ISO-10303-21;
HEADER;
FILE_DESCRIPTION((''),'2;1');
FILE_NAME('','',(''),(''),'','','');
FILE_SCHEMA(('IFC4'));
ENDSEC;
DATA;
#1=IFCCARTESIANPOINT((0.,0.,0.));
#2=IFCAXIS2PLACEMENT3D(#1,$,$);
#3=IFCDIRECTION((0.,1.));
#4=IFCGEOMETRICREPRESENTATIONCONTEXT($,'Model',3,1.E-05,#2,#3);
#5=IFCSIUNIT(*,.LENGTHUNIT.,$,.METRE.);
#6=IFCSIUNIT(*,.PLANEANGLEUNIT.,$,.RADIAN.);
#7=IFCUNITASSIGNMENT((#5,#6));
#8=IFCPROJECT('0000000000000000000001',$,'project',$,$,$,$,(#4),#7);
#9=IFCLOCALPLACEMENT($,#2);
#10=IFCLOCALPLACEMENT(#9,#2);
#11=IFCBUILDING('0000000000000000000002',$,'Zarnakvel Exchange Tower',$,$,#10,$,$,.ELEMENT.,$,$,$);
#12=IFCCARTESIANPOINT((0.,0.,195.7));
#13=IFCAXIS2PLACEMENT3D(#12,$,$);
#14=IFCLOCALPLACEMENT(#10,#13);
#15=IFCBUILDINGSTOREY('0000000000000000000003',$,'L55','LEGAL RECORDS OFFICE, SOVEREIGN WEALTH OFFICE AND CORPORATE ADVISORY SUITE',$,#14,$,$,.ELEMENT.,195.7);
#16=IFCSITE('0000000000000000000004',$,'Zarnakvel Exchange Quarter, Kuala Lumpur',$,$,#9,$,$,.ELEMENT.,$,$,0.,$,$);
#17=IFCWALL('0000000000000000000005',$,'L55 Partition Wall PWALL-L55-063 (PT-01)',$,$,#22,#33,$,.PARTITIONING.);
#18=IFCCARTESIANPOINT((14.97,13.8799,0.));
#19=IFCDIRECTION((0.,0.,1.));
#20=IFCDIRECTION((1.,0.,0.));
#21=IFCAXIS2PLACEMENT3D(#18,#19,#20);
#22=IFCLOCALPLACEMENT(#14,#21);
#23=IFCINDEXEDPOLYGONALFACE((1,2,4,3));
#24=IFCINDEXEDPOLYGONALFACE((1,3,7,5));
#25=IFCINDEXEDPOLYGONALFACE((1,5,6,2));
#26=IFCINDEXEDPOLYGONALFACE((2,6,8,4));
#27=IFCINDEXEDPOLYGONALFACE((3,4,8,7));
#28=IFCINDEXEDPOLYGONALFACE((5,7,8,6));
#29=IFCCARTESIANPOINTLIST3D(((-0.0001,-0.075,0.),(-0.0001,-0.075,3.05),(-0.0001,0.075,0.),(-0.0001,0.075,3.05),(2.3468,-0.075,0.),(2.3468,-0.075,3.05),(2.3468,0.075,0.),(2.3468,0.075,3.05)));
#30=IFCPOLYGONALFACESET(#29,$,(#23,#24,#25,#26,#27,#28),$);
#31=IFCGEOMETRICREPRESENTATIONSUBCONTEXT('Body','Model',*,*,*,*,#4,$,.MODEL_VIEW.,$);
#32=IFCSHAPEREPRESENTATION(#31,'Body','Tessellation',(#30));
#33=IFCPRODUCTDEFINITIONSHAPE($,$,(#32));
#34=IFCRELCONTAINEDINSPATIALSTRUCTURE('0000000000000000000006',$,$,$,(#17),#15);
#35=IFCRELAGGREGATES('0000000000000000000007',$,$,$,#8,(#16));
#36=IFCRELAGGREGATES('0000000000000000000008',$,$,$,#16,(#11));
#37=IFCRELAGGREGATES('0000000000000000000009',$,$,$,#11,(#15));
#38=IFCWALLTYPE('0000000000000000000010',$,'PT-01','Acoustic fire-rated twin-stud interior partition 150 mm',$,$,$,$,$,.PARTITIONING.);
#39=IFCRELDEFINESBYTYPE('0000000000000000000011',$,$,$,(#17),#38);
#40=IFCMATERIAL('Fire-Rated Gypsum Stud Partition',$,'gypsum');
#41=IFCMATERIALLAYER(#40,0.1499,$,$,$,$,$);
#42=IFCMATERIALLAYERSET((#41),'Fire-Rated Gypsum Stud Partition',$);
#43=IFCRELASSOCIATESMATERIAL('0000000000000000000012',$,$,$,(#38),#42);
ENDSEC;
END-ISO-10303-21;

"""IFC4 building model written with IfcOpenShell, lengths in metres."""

from ifc_helpers import new_model, si_unit, direction, frame, frame_2d, origin, place, context, subcontext, project, spatial, rectangle, extrude, material, layer, layer_set, type_object, element, save


model = new_model("IFC4")

# Units and contexts
model_context = context("Model", 3, precision=1e-05, world=origin(), true_north=direction((0.0, 1.0)))
body_context = subcontext(model_context, "Body", "Model", "MODEL_VIEW")
ifc_project = project(units=[si_unit("LENGTHUNIT", "METRE"), si_unit("PLANEANGLEUNIT", "RADIAN")], contexts=[model_context])

# Site, building, storey
site_placement = place(None, origin())
site = spatial("IfcSite", under=ifc_project, at=site_placement, Name="Zarnakvel Exchange Quarter, Kuala Lumpur", CompositionType="ELEMENT", RefElevation=0.0)
building_placement = place(site_placement, origin())
building = spatial("IfcBuilding", under=site, at=building_placement, Name="Zarnakvel Exchange Tower", CompositionType="ELEMENT")
storey_placement = place(building_placement, frame((0.0, 0.0, 195.7)))
storey = spatial("IfcBuildingStorey", under=building, at=storey_placement, Name="L55", Description="LEGAL RECORDS OFFICE, SOVEREIGN WEALTH OFFICE AND CORPORATE ADVISORY SUITE", CompositionType="ELEMENT", Elevation=195.7)

# Wall
ifc_material_1 = material(Name="Fire-Rated Gypsum Stud Partition", Category="gypsum")
ifc_layer_1 = layer(ifc_material_1, 0.1499)
ifc_layer_set_1 = layer_set([ifc_layer_1], Name="Fire-Rated Gypsum Stud Partition")
wall_type_1 = type_object("IfcWallType", Name="PT-01", Description="Acoustic fire-rated twin-stud interior partition 150 mm", PredefinedType="PARTITIONING", material=ifc_layer_set_1)
wall_1_placement = place(storey_placement, frame((14.97, 13.8799, 0.0), z_axis=(0.0, 0.0, 1.0), x_axis=(1.0, 0.0, 0.0)))
element("IfcWall", 1, at=wall_1_placement, inside=storey, type_object=wall_type_1, Name="L55 Partition Wall PWALL-L55-063 (PT-01)", PredefinedType="PARTITIONING", context=body_context, shape_type="SweptSolid", body=[
    extrude(rectangle(XDim=2.3469, YDim=0.1499, at=frame_2d((1.1733, 0.0))), origin(), (0.0, 0.0, 1.0), 3.05),
])

save(model, "model.ifc")
